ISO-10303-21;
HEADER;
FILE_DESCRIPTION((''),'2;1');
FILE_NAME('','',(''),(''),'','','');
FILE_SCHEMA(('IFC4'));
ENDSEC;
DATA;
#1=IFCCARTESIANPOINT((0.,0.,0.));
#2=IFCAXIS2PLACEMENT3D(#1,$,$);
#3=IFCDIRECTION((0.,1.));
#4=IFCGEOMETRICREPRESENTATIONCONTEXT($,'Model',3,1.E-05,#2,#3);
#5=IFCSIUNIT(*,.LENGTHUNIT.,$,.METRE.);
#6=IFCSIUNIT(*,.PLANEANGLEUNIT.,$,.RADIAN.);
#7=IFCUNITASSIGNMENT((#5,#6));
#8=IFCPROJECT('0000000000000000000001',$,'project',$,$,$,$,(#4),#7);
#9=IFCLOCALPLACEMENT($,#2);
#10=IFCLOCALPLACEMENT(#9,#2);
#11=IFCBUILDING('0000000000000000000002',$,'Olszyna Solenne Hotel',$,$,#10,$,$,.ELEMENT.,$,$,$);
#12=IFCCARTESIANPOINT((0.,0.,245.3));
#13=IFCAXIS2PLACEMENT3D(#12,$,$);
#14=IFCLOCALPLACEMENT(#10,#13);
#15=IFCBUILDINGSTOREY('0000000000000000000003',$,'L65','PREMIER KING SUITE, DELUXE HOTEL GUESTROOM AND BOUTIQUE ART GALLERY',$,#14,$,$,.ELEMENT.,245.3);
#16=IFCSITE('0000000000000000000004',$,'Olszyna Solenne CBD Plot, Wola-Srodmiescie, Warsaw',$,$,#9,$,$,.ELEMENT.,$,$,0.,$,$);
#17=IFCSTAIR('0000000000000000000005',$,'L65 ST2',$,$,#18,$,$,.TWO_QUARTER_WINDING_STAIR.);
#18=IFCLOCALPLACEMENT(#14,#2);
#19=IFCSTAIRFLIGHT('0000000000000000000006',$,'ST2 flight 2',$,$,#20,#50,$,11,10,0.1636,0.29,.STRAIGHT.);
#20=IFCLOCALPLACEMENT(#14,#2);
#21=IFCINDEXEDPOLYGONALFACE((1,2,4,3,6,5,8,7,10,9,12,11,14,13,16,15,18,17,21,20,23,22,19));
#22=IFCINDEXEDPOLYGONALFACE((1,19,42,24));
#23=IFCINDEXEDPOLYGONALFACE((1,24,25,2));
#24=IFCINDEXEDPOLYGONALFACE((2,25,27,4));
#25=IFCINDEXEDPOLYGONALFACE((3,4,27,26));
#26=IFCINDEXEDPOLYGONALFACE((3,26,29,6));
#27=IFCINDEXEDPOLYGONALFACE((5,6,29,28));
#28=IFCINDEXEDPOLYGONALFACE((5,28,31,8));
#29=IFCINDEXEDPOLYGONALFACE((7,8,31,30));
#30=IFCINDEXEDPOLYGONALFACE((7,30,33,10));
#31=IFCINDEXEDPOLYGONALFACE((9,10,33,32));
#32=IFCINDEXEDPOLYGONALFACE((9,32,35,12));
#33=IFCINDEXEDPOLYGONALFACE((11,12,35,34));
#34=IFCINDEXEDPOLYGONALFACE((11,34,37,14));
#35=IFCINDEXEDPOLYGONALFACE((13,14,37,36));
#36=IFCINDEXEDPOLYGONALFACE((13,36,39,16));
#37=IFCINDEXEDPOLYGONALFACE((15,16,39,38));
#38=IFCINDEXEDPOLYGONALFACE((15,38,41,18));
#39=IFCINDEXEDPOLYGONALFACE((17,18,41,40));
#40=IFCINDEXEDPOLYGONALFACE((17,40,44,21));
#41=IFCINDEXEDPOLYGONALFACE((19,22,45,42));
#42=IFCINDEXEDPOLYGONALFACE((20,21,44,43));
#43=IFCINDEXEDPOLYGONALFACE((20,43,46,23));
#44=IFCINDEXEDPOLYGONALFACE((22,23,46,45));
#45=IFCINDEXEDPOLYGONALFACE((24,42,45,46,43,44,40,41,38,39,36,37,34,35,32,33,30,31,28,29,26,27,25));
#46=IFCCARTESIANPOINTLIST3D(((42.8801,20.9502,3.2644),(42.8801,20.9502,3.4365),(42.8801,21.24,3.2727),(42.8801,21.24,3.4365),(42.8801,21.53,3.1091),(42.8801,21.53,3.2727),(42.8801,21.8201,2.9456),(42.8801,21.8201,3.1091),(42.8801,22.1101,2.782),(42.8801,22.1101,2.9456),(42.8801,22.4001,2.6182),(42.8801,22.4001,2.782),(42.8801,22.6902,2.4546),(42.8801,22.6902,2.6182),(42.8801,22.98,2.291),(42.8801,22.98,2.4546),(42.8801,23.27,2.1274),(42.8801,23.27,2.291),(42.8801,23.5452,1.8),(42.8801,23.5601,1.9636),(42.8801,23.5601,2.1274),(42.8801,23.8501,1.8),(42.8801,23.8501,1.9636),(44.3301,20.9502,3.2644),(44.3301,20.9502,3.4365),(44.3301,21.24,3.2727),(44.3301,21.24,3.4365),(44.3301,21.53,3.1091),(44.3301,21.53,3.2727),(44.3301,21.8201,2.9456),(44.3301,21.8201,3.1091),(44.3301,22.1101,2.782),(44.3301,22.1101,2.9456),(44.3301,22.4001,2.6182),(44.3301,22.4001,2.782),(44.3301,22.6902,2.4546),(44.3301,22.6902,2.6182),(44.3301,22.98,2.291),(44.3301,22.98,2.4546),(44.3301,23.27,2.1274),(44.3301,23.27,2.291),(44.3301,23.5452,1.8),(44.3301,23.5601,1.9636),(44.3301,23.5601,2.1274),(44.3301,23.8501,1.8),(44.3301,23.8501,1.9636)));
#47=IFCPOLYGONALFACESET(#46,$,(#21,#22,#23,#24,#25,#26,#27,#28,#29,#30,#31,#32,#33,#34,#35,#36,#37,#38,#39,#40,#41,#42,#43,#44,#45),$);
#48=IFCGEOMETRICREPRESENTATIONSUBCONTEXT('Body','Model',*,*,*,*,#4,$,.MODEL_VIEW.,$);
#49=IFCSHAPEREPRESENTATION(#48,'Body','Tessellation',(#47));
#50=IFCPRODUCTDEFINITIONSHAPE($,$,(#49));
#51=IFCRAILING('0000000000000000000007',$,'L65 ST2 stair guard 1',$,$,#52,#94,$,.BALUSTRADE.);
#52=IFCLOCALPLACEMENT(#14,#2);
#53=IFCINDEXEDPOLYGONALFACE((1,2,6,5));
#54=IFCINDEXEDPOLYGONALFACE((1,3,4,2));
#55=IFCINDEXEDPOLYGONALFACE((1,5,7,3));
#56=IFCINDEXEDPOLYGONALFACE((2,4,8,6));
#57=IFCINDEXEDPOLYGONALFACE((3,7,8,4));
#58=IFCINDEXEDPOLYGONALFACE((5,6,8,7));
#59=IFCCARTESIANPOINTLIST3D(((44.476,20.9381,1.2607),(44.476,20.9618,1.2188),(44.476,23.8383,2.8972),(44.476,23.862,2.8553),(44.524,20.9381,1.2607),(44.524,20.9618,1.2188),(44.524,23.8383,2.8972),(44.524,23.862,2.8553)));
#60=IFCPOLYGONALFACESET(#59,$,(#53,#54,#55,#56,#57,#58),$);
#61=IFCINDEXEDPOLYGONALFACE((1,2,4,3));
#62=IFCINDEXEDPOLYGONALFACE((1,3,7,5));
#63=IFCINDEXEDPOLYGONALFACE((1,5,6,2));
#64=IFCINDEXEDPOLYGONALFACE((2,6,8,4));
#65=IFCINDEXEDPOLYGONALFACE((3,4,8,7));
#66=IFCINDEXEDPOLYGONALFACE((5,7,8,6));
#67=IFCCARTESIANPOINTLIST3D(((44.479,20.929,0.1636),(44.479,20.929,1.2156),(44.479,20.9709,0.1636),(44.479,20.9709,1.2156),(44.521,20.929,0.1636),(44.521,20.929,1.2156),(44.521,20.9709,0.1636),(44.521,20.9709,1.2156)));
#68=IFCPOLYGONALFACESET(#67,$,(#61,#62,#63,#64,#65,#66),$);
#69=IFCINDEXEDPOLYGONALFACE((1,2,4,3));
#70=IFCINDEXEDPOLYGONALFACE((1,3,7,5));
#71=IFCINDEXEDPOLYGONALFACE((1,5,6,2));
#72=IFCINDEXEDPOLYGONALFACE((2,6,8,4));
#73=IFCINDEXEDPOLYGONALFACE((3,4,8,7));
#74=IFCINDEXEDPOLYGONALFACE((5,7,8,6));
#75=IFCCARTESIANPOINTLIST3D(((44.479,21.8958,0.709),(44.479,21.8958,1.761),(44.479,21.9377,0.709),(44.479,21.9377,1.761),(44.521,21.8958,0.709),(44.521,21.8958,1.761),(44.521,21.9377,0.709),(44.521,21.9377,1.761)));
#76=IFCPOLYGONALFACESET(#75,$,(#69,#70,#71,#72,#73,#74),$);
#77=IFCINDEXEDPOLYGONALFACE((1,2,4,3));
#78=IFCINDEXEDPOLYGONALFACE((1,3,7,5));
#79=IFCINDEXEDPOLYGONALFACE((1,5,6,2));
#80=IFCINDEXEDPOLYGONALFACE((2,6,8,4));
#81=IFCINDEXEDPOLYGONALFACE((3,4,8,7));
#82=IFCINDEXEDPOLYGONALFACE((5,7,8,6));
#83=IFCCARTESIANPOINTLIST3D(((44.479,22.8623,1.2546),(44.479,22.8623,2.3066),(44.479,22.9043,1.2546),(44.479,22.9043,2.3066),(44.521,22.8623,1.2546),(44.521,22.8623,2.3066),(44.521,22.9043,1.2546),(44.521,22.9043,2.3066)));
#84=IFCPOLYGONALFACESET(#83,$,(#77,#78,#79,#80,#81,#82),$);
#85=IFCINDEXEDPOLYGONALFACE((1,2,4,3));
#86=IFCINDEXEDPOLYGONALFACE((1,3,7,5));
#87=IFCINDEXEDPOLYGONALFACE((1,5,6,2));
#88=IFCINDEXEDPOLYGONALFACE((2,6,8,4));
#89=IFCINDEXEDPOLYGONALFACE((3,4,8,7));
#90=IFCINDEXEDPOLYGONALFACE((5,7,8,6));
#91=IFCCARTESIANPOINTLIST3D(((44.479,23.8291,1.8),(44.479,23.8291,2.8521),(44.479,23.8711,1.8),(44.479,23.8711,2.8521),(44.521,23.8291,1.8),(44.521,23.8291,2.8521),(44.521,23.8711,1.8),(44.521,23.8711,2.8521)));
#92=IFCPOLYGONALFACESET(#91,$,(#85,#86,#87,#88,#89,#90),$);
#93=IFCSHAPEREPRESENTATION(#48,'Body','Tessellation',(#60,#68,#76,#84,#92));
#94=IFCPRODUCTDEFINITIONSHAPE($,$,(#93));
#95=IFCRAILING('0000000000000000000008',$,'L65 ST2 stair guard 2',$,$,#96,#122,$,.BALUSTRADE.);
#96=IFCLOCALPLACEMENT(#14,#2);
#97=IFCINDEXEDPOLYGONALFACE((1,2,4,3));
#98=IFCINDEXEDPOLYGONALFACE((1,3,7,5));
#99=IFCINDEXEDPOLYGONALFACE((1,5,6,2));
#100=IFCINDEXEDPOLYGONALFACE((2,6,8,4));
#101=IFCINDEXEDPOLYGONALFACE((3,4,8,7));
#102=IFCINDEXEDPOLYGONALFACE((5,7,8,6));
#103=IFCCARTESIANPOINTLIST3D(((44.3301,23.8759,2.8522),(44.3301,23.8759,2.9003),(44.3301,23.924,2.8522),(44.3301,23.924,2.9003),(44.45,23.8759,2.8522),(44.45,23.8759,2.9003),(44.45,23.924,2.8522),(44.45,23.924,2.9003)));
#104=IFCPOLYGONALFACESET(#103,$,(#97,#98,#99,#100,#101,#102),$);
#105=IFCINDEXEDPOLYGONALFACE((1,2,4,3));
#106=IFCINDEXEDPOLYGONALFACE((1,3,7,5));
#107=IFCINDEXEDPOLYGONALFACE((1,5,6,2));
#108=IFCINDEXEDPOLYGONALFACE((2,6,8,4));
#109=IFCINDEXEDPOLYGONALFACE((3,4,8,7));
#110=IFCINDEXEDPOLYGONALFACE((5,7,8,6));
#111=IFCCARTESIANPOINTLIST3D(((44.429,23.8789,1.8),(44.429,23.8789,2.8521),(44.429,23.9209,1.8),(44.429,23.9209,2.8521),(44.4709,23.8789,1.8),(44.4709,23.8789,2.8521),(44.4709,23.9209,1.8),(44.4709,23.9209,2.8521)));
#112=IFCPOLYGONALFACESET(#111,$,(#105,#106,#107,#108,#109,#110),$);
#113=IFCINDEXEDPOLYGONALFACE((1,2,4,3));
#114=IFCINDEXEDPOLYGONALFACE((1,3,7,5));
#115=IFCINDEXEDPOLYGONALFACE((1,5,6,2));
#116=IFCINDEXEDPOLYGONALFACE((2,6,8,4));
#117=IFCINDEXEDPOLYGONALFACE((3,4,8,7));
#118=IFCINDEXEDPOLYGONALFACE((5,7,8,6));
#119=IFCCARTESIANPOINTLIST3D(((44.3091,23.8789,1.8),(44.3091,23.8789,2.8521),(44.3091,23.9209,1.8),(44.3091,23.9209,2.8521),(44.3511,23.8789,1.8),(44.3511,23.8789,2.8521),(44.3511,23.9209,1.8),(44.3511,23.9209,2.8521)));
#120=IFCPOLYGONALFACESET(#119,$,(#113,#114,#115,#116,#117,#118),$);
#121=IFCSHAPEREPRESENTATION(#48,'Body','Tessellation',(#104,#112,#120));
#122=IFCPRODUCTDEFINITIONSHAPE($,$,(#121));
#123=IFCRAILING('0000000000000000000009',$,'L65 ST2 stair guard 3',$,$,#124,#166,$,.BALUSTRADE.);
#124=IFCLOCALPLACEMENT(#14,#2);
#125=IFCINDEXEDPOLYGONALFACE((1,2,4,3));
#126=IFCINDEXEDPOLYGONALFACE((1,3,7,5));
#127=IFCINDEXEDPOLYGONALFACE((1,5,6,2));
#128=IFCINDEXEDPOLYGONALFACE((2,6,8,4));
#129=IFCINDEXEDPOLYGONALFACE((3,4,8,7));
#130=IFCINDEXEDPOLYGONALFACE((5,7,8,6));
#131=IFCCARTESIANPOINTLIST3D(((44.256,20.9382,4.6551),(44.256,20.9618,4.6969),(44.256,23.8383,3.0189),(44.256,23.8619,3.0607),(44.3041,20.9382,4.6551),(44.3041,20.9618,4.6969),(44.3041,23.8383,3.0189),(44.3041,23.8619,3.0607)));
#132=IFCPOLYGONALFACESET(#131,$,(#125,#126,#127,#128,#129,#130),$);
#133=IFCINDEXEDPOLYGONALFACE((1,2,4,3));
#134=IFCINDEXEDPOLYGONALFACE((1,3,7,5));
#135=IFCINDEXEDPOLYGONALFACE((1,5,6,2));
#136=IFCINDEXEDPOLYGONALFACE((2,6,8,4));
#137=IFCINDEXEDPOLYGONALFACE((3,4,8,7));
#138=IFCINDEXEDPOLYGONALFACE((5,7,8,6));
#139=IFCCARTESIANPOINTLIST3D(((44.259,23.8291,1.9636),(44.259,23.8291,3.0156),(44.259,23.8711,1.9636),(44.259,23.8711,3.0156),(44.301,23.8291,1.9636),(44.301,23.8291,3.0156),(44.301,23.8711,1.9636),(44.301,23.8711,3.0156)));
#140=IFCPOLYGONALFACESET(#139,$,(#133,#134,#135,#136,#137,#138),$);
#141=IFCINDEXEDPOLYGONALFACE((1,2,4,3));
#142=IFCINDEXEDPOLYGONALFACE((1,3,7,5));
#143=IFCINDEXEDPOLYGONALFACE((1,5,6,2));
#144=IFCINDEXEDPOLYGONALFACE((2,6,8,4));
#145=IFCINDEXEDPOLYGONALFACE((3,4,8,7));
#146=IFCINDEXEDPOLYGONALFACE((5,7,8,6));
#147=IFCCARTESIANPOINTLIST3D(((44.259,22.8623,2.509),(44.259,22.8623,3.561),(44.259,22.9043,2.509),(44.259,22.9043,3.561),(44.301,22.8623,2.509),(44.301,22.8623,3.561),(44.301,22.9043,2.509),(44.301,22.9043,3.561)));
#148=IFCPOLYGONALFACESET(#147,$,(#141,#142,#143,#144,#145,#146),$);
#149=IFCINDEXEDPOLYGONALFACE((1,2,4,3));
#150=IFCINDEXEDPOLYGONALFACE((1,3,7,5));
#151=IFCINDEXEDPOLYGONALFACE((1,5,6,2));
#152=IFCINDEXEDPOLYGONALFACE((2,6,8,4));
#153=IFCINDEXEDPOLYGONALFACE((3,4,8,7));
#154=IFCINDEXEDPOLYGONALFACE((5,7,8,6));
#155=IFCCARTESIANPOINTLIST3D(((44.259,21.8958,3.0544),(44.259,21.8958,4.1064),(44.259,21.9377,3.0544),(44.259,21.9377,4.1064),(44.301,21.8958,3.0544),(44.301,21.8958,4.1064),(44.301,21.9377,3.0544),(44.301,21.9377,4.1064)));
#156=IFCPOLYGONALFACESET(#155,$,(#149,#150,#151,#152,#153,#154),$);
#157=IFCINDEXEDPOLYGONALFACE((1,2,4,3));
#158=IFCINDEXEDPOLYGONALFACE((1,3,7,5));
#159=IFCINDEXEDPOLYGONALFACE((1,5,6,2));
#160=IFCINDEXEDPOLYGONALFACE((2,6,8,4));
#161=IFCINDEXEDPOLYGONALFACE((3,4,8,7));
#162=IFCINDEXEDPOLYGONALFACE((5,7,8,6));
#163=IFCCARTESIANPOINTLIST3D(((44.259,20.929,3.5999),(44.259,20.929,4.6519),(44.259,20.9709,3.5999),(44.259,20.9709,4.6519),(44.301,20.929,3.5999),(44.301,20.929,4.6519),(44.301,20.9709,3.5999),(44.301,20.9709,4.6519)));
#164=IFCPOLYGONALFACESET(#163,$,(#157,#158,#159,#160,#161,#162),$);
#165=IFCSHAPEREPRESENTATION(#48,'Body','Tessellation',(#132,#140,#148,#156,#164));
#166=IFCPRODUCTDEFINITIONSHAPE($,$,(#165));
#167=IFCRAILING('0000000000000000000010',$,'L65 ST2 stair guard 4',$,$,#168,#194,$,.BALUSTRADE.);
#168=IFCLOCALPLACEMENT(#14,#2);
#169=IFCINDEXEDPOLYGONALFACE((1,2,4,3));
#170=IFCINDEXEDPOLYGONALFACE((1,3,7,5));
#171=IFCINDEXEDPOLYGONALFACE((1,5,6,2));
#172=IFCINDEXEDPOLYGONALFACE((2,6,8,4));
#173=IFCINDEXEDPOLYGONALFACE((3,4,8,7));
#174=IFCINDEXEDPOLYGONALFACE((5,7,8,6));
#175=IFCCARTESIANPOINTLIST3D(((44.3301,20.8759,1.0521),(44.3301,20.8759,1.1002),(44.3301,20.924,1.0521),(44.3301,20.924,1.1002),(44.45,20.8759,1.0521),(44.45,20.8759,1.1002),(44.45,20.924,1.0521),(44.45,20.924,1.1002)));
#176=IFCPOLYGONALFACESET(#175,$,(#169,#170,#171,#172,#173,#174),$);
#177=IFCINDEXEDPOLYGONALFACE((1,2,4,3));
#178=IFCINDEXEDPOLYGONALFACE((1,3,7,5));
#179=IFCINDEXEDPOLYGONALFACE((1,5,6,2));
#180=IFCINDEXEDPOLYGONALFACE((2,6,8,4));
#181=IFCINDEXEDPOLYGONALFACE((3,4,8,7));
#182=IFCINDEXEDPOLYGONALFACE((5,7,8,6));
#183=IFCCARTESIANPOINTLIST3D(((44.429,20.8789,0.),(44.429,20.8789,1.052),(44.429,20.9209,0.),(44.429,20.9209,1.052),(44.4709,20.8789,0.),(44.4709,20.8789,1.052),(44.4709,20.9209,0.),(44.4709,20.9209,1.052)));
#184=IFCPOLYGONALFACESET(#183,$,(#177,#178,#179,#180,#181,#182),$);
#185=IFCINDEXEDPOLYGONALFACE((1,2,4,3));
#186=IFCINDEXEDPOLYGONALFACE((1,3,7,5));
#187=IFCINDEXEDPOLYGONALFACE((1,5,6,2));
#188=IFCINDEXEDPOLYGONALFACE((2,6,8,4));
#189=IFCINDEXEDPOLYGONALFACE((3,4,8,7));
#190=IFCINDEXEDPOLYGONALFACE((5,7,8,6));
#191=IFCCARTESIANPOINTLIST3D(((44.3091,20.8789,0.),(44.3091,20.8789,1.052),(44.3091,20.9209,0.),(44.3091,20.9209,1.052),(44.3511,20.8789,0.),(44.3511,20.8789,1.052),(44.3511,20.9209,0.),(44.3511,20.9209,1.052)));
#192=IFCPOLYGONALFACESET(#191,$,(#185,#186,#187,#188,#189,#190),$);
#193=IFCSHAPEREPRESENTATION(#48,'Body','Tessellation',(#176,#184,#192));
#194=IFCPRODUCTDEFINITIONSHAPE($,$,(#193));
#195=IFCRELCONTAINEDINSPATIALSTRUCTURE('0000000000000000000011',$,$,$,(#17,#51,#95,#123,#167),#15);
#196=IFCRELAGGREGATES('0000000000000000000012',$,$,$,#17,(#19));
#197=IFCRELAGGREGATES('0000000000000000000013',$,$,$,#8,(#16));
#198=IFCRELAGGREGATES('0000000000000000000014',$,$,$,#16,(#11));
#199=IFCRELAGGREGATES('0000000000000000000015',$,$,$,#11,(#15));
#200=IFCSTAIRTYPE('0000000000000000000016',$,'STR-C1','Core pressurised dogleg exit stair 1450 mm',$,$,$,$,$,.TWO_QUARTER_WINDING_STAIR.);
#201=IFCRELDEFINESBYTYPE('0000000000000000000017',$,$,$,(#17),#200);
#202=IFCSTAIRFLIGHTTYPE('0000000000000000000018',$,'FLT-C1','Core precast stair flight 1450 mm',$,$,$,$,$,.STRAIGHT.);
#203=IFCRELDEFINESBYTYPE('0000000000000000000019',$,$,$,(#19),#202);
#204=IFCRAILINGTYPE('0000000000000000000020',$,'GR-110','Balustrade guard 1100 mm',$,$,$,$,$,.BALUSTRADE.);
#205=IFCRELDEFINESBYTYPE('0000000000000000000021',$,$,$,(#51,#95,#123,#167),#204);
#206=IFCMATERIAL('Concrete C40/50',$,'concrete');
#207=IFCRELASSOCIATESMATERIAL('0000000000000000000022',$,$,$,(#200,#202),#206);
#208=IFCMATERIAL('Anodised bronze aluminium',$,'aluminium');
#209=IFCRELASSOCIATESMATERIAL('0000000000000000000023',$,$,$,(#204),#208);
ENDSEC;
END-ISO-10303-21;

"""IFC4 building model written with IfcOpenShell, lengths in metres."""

from ifc_helpers import new_model, si_unit, direction, frame, origin, origin_2d, place, context, subcontext, project, spatial, polyline, rectangle, outline, extrude, material, type_object, element, aggregate, save


model = new_model("IFC4")

# Units and contexts
model_context = context("Model", 3, precision=1e-05, world=origin(), true_north=direction((0.0, 1.0)))
body_context = subcontext(model_context, "Body", "Model", "MODEL_VIEW")
ifc_project = project(units=[si_unit("LENGTHUNIT", "METRE"), si_unit("PLANEANGLEUNIT", "RADIAN")], contexts=[model_context])

# Site, building, storey
site_placement = place(None, origin())
site = spatial("IfcSite", under=ifc_project, at=site_placement, Name="Olszyna Solenne CBD Plot, Wola-Srodmiescie, Warsaw", CompositionType="ELEMENT", RefElevation=0.0)
building_placement = place(site_placement, origin())
building = spatial("IfcBuilding", under=site, at=building_placement, Name="Olszyna Solenne Hotel", CompositionType="ELEMENT")
storey_placement = place(building_placement, frame((0.0, 0.0, 245.3)))
storey = spatial("IfcBuildingStorey", under=building, at=storey_placement, Name="L65", Description="PREMIER KING SUITE, DELUXE HOTEL GUESTROOM AND BOUTIQUE ART GALLERY", CompositionType="ELEMENT", Elevation=245.3)

# Stair, stair flight
ifc_material_1 = material(Name="Concrete C40/50", Category="concrete")
stair_type = type_object("IfcStairType", Name="STR-C1", Description="Core pressurised dogleg exit stair 1450 mm", PredefinedType="TWO_QUARTER_WINDING_STAIR", material=ifc_material_1)
stair_placement = place(storey_placement, origin())
stair = element("IfcStair", 1, at=stair_placement, inside=storey, type_object=stair_type, Name="L65 ST2", PredefinedType="TWO_QUARTER_WINDING_STAIR")
stair_flight_type = type_object("IfcStairFlightType", Name="FLT-C1", Description="Core precast stair flight 1450 mm", PredefinedType="STRAIGHT", material=ifc_material_1)
stair_flight_1_placement = place(storey_placement, frame((43.605, 23.8501, 1.8), z_axis=(0.0, 0.0, 1.0), x_axis=(0.0, -1.0, 0.0)))
stair_flight_1 = element("IfcStairFlight", 2, at=stair_flight_1_placement, type_object=stair_flight_type, Name="ST2 flight 2", NumberOfRisers=11, NumberOfTreads=10, PredefinedType="STRAIGHT", RiserHeight=0.1636, TreadLength=0.29, context=body_context, shape_type="SweptSolid", body=[
    extrude(outline(polyline([(0.0, 0.0), (0.0, 0.1636), (0.29, 0.1636), (0.29, 0.3274), (0.5801, 0.3274), (0.5801, 0.491), (0.8701, 0.491), (0.8701, 0.6545), (1.1599, 0.6545), (1.1599, 0.8181), (1.45, 0.8181), (1.45, 0.9819), (1.74, 0.9819), (1.74, 1.1455), (2.03, 1.1455), (2.03, 1.3091), (2.3201, 1.3091), (2.3201, 1.4727), (2.6101, 1.4727), (2.6101, 1.6365), (2.8999, 1.6365), (2.8999, 1.8), (2.8999, 1.4644), (0.3049, 0.0), (0.0, 0.0)])), frame((0.0, 0.7251, 0.0), z_axis=(0.0, -1.0, 0.0), x_axis=(1.0, 0.0, 0.0)), (0.0, 0.0, 1.0), 1.45),
])
aggregate(stair, [stair_flight_1])

# Railings
ifc_material_2 = material(Name="Anodised bronze aluminium", Category="aluminium")
railing_type_1 = type_object("IfcRailingType", Name="GR-110", Description="Balustrade guard 1100 mm", PredefinedType="BALUSTRADE", material=ifc_material_2)
railing_1_placement = place(storey_placement, frame((44.5, 20.95, 0.1636)))
element("IfcRailing", 3, at=railing_1_placement, inside=storey, type_object=railing_type_1, Name="L65 ST2 stair guard 1", PredefinedType="BALUSTRADE", context=body_context, shape_type="SweptSolid", body=[
    extrude(rectangle(XDim=0.0481, YDim=0.0481, at=origin_2d()), frame((0.0, 0.0, 1.0762), z_axis=(0.0, 0.870915, 0.491434), x_axis=(-1.0, 0.0, 0.0)), (0.0, 0.0, 1.0), 3.3301),
    extrude(rectangle(XDim=0.042, YDim=0.042, at=origin_2d()), origin(), (0.0, 0.0, 1.0), 1.052),
    extrude(rectangle(XDim=0.042, YDim=0.042, at=origin_2d()), frame((0.0, 0.9668, 0.5454)), (0.0, 0.0, 1.0), 1.052),
    extrude(rectangle(XDim=0.042, YDim=0.042, at=origin_2d()), frame((0.0, 1.9333, 1.0911)), (0.0, 0.0, 1.0), 1.052),
    extrude(rectangle(XDim=0.042, YDim=0.042, at=origin_2d()), frame((0.0, 2.9001, 1.6365)), (0.0, 0.0, 1.0), 1.052),
])
railing_2_placement = place(storey_placement, frame((44.45, 23.8999, 1.8)))
element("IfcRailing", 4, at=railing_2_placement, inside=storey, type_object=railing_type_1, Name="L65 ST2 stair guard 2", PredefinedType="BALUSTRADE", context=body_context, shape_type="SweptSolid", body=[
    extrude(rectangle(XDim=0.0481, YDim=0.0481, at=origin_2d()), frame((0.0, 0.0, 1.0762), z_axis=(-1.0, 0.0, 0.0), x_axis=(0.0, -1.0, 0.0)), (0.0, 0.0, 1.0), 0.1199),
    extrude(rectangle(XDim=0.042, YDim=0.042, at=origin_2d()), origin(), (0.0, 0.0, 1.0), 1.052),
    extrude(rectangle(XDim=0.042, YDim=0.042, at=origin_2d()), frame((-0.1199, 0.0, 0.0)), (0.0, 0.0, 1.0), 1.052),
])
railing_3_placement = place(storey_placement, frame((44.28, 23.8501, 1.9636)))
element("IfcRailing", 5, at=railing_3_placement, inside=storey, type_object=railing_type_1, Name="L65 ST2 stair guard 3", PredefinedType="BALUSTRADE", context=body_context, shape_type="SweptSolid", body=[
    extrude(rectangle(XDim=0.0481, YDim=0.0481, at=origin_2d()), frame((0.0, 0.0, 1.0762), z_axis=(0.0, -0.870946, 0.491378), x_axis=(1.0, 0.0, 0.0)), (0.0, 0.0, 1.0), 3.3298),
    extrude(rectangle(XDim=0.042, YDim=0.042, at=origin_2d()), origin(), (0.0, 0.0, 1.0), 1.052),
    extrude(rectangle(XDim=0.042, YDim=0.042, at=origin_2d()), frame((0.0, -0.9668, 0.5454)), (0.0, 0.0, 1.0), 1.052),
    extrude(rectangle(XDim=0.042, YDim=0.042, at=origin_2d()), frame((0.0, -1.9333, 1.0908)), (0.0, 0.0, 1.0), 1.052),
    extrude(rectangle(XDim=0.042, YDim=0.042, at=origin_2d()), frame((0.0, -2.9001, 1.6362)), (0.0, 0.0, 1.0), 1.052),
])
railing_4_placement = place(storey_placement, frame((44.45, 20.8999, 0.0)))
element("IfcRailing", 6, at=railing_4_placement, inside=storey, type_object=railing_type_1, Name="L65 ST2 stair guard 4", PredefinedType="BALUSTRADE", context=body_context, shape_type="SweptSolid", body=[
    extrude(rectangle(XDim=0.0481, YDim=0.0481, at=origin_2d()), frame((0.0, 0.0, 1.0762), z_axis=(-1.0, 0.0, 0.0), x_axis=(0.0, -1.0, 0.0)), (0.0, 0.0, 1.0), 0.1199),
    extrude(rectangle(XDim=0.042, YDim=0.042, at=origin_2d()), origin(), (0.0, 0.0, 1.0), 1.052),
    extrude(rectangle(XDim=0.042, YDim=0.042, at=origin_2d()), frame((-0.1199, 0.0, 0.0)), (0.0, 0.0, 1.0), 1.052),
])

save(model, "model.ifc")
